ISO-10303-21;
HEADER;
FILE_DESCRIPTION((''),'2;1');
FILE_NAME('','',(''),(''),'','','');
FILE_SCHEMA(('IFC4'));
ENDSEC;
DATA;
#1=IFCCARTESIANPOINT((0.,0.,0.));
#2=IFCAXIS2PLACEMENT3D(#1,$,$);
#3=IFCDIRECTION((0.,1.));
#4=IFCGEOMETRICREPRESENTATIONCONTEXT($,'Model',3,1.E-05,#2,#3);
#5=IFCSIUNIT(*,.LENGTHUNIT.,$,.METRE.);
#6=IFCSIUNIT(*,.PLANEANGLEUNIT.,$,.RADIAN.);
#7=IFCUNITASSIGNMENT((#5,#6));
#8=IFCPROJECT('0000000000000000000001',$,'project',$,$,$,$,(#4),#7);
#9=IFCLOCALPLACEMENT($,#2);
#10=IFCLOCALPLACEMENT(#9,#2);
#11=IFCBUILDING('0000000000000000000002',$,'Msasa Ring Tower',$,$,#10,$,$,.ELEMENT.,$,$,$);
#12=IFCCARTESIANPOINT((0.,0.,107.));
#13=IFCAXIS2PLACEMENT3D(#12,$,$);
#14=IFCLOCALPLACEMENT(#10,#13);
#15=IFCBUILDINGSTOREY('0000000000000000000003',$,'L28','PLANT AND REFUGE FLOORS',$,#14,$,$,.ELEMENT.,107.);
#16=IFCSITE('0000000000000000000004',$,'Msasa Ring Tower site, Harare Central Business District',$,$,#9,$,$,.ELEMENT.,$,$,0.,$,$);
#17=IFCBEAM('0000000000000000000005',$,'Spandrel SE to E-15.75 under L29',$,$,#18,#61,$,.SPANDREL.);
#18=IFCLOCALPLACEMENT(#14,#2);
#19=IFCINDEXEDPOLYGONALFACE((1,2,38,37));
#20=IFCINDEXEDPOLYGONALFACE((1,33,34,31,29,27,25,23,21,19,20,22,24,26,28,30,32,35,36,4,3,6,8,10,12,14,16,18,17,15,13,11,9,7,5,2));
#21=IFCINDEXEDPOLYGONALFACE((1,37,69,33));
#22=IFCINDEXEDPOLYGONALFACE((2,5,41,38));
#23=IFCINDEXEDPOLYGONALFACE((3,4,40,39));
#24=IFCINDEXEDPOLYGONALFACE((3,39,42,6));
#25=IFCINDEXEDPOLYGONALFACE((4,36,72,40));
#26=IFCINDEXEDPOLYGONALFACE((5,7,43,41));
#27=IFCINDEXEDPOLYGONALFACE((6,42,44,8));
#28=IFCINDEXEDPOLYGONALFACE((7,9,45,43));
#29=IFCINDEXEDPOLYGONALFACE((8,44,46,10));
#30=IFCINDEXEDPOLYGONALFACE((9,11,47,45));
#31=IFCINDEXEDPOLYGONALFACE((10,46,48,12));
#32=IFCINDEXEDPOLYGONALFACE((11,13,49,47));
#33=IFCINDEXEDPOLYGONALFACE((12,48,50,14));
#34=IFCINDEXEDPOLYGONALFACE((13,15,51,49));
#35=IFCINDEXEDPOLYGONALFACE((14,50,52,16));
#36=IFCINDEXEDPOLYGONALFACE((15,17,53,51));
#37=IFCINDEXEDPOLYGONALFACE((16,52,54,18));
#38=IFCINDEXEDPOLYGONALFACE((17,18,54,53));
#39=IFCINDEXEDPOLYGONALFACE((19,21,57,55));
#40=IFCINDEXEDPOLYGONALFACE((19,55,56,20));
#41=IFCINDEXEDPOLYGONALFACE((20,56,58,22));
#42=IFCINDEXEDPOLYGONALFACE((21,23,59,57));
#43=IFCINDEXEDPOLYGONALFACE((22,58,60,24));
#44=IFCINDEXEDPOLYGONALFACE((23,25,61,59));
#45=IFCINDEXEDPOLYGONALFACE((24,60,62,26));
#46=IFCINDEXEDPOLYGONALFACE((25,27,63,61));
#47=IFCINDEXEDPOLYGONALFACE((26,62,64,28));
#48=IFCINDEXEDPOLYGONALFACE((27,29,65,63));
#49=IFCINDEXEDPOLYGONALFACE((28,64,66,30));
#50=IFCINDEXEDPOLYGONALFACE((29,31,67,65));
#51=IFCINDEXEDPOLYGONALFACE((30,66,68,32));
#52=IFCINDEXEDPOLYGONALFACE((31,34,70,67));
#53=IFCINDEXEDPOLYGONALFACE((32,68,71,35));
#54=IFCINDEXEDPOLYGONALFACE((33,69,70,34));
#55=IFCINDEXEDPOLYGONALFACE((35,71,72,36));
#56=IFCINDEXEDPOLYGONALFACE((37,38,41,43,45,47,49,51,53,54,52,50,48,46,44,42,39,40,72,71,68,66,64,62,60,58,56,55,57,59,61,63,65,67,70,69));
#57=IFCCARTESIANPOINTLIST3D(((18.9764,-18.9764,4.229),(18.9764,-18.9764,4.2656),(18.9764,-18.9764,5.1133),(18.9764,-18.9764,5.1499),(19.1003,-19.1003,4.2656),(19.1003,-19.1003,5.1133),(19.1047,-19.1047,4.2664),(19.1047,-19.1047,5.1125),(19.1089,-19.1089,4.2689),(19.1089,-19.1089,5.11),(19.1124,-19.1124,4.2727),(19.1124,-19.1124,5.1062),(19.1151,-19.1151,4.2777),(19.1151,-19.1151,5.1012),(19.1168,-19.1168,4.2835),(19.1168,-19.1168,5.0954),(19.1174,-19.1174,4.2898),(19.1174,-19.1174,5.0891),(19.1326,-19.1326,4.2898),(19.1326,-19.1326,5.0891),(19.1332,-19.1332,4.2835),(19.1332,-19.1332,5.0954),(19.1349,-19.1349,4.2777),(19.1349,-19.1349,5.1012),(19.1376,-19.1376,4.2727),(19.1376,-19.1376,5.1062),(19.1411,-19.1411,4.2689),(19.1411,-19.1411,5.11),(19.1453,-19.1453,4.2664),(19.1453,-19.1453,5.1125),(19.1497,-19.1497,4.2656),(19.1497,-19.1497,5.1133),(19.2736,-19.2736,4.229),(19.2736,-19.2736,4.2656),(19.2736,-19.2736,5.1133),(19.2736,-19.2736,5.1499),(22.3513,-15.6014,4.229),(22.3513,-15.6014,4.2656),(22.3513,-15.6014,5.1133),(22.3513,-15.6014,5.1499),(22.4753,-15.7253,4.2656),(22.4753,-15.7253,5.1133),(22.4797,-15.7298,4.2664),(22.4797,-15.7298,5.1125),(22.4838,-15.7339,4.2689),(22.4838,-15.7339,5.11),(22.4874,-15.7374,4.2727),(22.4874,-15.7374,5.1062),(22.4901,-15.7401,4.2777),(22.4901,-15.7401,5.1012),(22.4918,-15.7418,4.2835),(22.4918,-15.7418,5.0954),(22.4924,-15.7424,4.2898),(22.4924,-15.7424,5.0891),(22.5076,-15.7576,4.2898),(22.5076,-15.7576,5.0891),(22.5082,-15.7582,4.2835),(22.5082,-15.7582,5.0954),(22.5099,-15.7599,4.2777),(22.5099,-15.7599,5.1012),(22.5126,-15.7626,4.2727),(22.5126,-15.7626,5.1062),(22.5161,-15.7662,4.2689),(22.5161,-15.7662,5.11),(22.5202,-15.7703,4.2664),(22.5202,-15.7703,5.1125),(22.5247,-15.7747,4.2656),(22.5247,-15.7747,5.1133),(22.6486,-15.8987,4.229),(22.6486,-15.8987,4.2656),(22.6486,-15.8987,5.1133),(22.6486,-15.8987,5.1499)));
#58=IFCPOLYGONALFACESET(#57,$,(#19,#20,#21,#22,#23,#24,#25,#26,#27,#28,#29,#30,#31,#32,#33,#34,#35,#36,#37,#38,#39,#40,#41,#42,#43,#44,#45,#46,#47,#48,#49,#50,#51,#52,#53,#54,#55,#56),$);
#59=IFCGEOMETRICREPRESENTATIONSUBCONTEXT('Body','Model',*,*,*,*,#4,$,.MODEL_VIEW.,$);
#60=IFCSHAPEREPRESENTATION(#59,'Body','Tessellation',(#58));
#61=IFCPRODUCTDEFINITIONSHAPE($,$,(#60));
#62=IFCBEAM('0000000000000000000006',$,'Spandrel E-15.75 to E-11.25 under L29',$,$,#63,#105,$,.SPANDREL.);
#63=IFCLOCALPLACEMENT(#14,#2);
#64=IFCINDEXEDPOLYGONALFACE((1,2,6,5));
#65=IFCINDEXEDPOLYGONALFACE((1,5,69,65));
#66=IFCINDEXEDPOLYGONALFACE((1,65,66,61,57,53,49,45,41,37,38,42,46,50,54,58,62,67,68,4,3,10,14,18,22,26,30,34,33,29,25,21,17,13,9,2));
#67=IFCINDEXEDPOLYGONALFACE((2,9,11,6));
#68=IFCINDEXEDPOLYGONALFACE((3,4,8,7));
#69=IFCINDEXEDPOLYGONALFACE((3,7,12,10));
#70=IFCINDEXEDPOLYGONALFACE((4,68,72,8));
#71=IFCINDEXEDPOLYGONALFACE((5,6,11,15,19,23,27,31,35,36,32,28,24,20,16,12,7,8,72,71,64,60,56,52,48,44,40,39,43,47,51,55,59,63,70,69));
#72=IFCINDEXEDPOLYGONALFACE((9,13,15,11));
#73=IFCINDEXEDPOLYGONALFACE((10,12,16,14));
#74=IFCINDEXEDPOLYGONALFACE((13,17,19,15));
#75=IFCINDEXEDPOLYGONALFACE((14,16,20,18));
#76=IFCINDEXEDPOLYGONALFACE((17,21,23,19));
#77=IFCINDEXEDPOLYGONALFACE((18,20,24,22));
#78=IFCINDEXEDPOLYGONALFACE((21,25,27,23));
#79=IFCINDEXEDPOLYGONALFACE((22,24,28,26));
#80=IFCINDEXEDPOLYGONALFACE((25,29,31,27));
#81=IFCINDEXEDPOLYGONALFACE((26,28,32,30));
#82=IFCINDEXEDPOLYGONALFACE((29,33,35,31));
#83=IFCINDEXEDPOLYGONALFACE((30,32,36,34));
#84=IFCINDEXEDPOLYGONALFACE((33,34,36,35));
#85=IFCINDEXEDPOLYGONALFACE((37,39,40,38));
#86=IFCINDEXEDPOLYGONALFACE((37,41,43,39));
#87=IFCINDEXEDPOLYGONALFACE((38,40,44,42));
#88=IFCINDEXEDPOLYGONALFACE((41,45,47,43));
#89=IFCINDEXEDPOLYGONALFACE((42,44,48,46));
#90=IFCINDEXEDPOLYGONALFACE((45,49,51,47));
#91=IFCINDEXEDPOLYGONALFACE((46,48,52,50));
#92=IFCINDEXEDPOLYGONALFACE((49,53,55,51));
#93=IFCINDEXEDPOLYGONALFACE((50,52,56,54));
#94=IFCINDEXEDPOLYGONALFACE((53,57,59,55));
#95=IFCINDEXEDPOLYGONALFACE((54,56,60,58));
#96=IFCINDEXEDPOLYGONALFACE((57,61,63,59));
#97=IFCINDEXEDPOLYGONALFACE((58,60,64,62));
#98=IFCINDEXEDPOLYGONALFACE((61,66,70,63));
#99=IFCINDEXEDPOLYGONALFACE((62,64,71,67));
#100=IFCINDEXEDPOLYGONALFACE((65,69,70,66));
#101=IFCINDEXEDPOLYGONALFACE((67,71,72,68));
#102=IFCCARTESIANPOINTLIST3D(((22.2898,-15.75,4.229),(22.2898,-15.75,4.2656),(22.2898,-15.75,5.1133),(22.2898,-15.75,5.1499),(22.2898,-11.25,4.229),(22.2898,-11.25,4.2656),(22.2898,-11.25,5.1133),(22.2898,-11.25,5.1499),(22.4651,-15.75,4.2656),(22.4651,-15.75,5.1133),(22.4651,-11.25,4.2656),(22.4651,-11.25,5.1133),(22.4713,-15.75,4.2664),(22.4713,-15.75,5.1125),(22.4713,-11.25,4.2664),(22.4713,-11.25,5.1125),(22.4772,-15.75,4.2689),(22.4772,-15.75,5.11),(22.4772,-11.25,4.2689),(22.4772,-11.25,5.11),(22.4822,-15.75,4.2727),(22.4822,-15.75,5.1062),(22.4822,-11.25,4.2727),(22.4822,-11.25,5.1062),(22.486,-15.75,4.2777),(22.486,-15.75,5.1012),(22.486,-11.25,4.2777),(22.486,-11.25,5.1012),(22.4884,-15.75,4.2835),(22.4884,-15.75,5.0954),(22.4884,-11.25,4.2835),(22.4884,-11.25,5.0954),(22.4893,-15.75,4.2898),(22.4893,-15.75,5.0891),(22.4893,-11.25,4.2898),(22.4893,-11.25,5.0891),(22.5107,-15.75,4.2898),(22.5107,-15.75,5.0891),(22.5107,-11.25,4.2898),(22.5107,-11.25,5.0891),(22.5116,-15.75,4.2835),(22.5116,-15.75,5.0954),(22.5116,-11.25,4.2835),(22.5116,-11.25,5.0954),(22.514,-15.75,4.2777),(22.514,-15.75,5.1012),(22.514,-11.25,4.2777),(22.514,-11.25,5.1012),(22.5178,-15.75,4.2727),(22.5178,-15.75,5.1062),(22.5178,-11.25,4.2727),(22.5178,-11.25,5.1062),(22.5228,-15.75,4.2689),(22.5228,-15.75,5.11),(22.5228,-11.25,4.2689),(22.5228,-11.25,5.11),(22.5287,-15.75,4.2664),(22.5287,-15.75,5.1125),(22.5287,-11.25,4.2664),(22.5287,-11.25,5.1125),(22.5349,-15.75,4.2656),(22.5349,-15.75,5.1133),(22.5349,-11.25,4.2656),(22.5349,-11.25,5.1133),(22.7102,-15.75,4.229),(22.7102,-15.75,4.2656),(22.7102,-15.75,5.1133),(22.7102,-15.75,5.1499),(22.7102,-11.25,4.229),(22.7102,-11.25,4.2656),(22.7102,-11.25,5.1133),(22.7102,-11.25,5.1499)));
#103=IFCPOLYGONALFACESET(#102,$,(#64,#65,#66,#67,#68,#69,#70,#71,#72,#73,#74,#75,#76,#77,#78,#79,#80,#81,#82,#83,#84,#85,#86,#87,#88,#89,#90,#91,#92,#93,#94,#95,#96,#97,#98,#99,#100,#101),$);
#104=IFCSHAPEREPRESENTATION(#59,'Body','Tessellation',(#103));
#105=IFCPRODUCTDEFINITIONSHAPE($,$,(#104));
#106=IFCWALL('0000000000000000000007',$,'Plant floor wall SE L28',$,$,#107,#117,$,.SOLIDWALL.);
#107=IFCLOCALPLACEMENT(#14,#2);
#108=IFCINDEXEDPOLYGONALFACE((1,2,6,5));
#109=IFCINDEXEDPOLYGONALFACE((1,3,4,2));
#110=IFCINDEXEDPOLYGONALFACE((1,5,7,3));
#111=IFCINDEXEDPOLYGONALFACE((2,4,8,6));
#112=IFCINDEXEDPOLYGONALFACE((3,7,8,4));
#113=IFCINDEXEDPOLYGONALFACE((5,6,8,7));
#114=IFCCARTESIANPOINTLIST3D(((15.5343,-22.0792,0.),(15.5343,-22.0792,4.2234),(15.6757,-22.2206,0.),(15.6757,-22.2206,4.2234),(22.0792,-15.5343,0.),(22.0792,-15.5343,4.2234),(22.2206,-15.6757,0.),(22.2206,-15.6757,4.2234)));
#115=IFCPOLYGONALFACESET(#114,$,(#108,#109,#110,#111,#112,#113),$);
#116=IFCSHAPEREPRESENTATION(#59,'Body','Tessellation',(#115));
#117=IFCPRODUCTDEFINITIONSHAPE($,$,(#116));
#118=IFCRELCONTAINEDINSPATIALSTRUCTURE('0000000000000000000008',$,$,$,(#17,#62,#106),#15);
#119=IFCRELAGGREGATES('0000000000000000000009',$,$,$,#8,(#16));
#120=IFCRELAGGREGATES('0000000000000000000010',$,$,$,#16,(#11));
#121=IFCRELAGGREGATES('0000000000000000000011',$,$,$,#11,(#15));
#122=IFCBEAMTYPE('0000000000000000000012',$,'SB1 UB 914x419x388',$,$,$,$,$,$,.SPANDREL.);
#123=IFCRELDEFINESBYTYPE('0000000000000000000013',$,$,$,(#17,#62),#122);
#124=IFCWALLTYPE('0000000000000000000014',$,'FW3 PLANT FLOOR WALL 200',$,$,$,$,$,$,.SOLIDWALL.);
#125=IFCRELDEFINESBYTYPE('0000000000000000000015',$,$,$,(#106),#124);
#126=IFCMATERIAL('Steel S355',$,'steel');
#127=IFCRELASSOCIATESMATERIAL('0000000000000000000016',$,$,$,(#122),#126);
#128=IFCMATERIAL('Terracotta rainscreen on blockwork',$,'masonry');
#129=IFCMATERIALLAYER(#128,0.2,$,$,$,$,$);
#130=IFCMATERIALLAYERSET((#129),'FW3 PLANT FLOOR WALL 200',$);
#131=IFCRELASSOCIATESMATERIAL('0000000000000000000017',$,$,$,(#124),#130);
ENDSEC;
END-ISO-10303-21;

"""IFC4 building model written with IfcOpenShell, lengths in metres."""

from ifc_helpers import new_model, si_unit, direction, frame, frame_2d, origin, origin_2d, place, context, subcontext, project, spatial, rectangle, i_section, extrude, material, layer, layer_set, material_profile, profile_set, type_object, element, save


model = new_model("IFC4")

# Units and contexts
model_context = context("Model", 3, precision=1e-05, world=origin(), true_north=direction((0.0, 1.0)))
body_context = subcontext(model_context, "Body", "Model", "MODEL_VIEW")
ifc_project = project(units=[si_unit("LENGTHUNIT", "METRE"), si_unit("PLANEANGLEUNIT", "RADIAN")], contexts=[model_context])

# Site, building, storey
site_placement = place(None, origin())
site = spatial("IfcSite", under=ifc_project, at=site_placement, Name="Msasa Ring Tower site, Harare Central Business District", CompositionType="ELEMENT", RefElevation=0.0)
building_placement = place(site_placement, origin())
building = spatial("IfcBuilding", under=site, at=building_placement, Name="Msasa Ring Tower", CompositionType="ELEMENT")
storey_placement = place(building_placement, frame((0.0, 0.0, 107.0)))
storey = spatial("IfcBuildingStorey", under=building, at=storey_placement, Name="L28", Description="PLANT AND REFUGE FLOORS", CompositionType="ELEMENT", Elevation=107.0)

# Beams
ifc_material_1 = material(Name="Steel S355", Category="steel")
ifc_material_profile_1 = material_profile(ifc_material_1, i_section(OverallWidth=0.4204, OverallDepth=0.9209, WebThickness=0.0215, FlangeThickness=0.0366, FilletRadius=0.0242, at=origin_2d()), Name="UB 914x419x388")
ifc_profile_set_1 = profile_set([ifc_material_profile_1], Name="Steel S355")
beam_type_1 = type_object("IfcBeamType", Name="SB1 UB 914x419x388", PredefinedType="SPANDREL", material=ifc_profile_set_1)
for number, where, z_axis, x_axis, name in (
    (1, (19.125, -19.125, 4.6895), (0.707107, 0.707107, 0.0), (-0.707107, 0.707107, 0.0), "Spandrel SE to E-15.75 under L29"),
):
    element("IfcBeam", number, at=place(storey_placement, frame(where, z_axis=z_axis, x_axis=x_axis)), inside=storey, type_object=beam_type_1, Name=name, PredefinedType="SPANDREL", context=body_context, shape_type="SweptSolid", body=[
        extrude(i_section(OverallWidth=0.4204, OverallDepth=0.9209, WebThickness=0.0215, FlangeThickness=0.0366, FilletRadius=0.0242, at=origin_2d()), origin(), (0.0, 0.0, 1.0), 4.7729),
    ])
beam_1_placement = place(storey_placement, frame((22.5, -15.75, 4.6895), z_axis=(0.0, 1.0, 0.0), x_axis=(-1.0, 0.0, 0.0)))
element("IfcBeam", 2, at=beam_1_placement, inside=storey, type_object=beam_type_1, Name="Spandrel E-15.75 to E-11.25 under L29", PredefinedType="SPANDREL", context=body_context, shape_type="SweptSolid", body=[
    extrude(i_section(OverallWidth=0.4204, OverallDepth=0.9209, WebThickness=0.0215, FlangeThickness=0.0366, FilletRadius=0.0242, at=origin_2d()), origin(), (0.0, 0.0, 1.0), 4.5),
])

# Wall
ifc_material_2 = material(Name="Terracotta rainscreen on blockwork", Category="masonry")
ifc_layer = layer(ifc_material_2, 0.2)
ifc_layer_set = layer_set([ifc_layer], Name="FW3 PLANT FLOOR WALL 200")
wall_type = type_object("IfcWallType", Name="FW3 PLANT FLOOR WALL 200", PredefinedType="SOLIDWALL", material=ifc_layer_set)
wall_1_placement = place(storey_placement, frame((15.605, -22.1499, 0.0), z_axis=(0.0, 0.0, 1.0), x_axis=(0.707107, 0.707107, 0.0)))
element("IfcWall", 3, at=wall_1_placement, inside=storey, type_object=wall_type, Name="Plant floor wall SE L28", PredefinedType="SOLIDWALL", context=body_context, shape_type="SweptSolid", body=[
    extrude(rectangle(XDim=9.2559, YDim=0.2, at=frame_2d((4.6279, 0.0))), origin(), (0.0, 0.0, 1.0), 4.2234),
])

save(model, "model.ifc")
